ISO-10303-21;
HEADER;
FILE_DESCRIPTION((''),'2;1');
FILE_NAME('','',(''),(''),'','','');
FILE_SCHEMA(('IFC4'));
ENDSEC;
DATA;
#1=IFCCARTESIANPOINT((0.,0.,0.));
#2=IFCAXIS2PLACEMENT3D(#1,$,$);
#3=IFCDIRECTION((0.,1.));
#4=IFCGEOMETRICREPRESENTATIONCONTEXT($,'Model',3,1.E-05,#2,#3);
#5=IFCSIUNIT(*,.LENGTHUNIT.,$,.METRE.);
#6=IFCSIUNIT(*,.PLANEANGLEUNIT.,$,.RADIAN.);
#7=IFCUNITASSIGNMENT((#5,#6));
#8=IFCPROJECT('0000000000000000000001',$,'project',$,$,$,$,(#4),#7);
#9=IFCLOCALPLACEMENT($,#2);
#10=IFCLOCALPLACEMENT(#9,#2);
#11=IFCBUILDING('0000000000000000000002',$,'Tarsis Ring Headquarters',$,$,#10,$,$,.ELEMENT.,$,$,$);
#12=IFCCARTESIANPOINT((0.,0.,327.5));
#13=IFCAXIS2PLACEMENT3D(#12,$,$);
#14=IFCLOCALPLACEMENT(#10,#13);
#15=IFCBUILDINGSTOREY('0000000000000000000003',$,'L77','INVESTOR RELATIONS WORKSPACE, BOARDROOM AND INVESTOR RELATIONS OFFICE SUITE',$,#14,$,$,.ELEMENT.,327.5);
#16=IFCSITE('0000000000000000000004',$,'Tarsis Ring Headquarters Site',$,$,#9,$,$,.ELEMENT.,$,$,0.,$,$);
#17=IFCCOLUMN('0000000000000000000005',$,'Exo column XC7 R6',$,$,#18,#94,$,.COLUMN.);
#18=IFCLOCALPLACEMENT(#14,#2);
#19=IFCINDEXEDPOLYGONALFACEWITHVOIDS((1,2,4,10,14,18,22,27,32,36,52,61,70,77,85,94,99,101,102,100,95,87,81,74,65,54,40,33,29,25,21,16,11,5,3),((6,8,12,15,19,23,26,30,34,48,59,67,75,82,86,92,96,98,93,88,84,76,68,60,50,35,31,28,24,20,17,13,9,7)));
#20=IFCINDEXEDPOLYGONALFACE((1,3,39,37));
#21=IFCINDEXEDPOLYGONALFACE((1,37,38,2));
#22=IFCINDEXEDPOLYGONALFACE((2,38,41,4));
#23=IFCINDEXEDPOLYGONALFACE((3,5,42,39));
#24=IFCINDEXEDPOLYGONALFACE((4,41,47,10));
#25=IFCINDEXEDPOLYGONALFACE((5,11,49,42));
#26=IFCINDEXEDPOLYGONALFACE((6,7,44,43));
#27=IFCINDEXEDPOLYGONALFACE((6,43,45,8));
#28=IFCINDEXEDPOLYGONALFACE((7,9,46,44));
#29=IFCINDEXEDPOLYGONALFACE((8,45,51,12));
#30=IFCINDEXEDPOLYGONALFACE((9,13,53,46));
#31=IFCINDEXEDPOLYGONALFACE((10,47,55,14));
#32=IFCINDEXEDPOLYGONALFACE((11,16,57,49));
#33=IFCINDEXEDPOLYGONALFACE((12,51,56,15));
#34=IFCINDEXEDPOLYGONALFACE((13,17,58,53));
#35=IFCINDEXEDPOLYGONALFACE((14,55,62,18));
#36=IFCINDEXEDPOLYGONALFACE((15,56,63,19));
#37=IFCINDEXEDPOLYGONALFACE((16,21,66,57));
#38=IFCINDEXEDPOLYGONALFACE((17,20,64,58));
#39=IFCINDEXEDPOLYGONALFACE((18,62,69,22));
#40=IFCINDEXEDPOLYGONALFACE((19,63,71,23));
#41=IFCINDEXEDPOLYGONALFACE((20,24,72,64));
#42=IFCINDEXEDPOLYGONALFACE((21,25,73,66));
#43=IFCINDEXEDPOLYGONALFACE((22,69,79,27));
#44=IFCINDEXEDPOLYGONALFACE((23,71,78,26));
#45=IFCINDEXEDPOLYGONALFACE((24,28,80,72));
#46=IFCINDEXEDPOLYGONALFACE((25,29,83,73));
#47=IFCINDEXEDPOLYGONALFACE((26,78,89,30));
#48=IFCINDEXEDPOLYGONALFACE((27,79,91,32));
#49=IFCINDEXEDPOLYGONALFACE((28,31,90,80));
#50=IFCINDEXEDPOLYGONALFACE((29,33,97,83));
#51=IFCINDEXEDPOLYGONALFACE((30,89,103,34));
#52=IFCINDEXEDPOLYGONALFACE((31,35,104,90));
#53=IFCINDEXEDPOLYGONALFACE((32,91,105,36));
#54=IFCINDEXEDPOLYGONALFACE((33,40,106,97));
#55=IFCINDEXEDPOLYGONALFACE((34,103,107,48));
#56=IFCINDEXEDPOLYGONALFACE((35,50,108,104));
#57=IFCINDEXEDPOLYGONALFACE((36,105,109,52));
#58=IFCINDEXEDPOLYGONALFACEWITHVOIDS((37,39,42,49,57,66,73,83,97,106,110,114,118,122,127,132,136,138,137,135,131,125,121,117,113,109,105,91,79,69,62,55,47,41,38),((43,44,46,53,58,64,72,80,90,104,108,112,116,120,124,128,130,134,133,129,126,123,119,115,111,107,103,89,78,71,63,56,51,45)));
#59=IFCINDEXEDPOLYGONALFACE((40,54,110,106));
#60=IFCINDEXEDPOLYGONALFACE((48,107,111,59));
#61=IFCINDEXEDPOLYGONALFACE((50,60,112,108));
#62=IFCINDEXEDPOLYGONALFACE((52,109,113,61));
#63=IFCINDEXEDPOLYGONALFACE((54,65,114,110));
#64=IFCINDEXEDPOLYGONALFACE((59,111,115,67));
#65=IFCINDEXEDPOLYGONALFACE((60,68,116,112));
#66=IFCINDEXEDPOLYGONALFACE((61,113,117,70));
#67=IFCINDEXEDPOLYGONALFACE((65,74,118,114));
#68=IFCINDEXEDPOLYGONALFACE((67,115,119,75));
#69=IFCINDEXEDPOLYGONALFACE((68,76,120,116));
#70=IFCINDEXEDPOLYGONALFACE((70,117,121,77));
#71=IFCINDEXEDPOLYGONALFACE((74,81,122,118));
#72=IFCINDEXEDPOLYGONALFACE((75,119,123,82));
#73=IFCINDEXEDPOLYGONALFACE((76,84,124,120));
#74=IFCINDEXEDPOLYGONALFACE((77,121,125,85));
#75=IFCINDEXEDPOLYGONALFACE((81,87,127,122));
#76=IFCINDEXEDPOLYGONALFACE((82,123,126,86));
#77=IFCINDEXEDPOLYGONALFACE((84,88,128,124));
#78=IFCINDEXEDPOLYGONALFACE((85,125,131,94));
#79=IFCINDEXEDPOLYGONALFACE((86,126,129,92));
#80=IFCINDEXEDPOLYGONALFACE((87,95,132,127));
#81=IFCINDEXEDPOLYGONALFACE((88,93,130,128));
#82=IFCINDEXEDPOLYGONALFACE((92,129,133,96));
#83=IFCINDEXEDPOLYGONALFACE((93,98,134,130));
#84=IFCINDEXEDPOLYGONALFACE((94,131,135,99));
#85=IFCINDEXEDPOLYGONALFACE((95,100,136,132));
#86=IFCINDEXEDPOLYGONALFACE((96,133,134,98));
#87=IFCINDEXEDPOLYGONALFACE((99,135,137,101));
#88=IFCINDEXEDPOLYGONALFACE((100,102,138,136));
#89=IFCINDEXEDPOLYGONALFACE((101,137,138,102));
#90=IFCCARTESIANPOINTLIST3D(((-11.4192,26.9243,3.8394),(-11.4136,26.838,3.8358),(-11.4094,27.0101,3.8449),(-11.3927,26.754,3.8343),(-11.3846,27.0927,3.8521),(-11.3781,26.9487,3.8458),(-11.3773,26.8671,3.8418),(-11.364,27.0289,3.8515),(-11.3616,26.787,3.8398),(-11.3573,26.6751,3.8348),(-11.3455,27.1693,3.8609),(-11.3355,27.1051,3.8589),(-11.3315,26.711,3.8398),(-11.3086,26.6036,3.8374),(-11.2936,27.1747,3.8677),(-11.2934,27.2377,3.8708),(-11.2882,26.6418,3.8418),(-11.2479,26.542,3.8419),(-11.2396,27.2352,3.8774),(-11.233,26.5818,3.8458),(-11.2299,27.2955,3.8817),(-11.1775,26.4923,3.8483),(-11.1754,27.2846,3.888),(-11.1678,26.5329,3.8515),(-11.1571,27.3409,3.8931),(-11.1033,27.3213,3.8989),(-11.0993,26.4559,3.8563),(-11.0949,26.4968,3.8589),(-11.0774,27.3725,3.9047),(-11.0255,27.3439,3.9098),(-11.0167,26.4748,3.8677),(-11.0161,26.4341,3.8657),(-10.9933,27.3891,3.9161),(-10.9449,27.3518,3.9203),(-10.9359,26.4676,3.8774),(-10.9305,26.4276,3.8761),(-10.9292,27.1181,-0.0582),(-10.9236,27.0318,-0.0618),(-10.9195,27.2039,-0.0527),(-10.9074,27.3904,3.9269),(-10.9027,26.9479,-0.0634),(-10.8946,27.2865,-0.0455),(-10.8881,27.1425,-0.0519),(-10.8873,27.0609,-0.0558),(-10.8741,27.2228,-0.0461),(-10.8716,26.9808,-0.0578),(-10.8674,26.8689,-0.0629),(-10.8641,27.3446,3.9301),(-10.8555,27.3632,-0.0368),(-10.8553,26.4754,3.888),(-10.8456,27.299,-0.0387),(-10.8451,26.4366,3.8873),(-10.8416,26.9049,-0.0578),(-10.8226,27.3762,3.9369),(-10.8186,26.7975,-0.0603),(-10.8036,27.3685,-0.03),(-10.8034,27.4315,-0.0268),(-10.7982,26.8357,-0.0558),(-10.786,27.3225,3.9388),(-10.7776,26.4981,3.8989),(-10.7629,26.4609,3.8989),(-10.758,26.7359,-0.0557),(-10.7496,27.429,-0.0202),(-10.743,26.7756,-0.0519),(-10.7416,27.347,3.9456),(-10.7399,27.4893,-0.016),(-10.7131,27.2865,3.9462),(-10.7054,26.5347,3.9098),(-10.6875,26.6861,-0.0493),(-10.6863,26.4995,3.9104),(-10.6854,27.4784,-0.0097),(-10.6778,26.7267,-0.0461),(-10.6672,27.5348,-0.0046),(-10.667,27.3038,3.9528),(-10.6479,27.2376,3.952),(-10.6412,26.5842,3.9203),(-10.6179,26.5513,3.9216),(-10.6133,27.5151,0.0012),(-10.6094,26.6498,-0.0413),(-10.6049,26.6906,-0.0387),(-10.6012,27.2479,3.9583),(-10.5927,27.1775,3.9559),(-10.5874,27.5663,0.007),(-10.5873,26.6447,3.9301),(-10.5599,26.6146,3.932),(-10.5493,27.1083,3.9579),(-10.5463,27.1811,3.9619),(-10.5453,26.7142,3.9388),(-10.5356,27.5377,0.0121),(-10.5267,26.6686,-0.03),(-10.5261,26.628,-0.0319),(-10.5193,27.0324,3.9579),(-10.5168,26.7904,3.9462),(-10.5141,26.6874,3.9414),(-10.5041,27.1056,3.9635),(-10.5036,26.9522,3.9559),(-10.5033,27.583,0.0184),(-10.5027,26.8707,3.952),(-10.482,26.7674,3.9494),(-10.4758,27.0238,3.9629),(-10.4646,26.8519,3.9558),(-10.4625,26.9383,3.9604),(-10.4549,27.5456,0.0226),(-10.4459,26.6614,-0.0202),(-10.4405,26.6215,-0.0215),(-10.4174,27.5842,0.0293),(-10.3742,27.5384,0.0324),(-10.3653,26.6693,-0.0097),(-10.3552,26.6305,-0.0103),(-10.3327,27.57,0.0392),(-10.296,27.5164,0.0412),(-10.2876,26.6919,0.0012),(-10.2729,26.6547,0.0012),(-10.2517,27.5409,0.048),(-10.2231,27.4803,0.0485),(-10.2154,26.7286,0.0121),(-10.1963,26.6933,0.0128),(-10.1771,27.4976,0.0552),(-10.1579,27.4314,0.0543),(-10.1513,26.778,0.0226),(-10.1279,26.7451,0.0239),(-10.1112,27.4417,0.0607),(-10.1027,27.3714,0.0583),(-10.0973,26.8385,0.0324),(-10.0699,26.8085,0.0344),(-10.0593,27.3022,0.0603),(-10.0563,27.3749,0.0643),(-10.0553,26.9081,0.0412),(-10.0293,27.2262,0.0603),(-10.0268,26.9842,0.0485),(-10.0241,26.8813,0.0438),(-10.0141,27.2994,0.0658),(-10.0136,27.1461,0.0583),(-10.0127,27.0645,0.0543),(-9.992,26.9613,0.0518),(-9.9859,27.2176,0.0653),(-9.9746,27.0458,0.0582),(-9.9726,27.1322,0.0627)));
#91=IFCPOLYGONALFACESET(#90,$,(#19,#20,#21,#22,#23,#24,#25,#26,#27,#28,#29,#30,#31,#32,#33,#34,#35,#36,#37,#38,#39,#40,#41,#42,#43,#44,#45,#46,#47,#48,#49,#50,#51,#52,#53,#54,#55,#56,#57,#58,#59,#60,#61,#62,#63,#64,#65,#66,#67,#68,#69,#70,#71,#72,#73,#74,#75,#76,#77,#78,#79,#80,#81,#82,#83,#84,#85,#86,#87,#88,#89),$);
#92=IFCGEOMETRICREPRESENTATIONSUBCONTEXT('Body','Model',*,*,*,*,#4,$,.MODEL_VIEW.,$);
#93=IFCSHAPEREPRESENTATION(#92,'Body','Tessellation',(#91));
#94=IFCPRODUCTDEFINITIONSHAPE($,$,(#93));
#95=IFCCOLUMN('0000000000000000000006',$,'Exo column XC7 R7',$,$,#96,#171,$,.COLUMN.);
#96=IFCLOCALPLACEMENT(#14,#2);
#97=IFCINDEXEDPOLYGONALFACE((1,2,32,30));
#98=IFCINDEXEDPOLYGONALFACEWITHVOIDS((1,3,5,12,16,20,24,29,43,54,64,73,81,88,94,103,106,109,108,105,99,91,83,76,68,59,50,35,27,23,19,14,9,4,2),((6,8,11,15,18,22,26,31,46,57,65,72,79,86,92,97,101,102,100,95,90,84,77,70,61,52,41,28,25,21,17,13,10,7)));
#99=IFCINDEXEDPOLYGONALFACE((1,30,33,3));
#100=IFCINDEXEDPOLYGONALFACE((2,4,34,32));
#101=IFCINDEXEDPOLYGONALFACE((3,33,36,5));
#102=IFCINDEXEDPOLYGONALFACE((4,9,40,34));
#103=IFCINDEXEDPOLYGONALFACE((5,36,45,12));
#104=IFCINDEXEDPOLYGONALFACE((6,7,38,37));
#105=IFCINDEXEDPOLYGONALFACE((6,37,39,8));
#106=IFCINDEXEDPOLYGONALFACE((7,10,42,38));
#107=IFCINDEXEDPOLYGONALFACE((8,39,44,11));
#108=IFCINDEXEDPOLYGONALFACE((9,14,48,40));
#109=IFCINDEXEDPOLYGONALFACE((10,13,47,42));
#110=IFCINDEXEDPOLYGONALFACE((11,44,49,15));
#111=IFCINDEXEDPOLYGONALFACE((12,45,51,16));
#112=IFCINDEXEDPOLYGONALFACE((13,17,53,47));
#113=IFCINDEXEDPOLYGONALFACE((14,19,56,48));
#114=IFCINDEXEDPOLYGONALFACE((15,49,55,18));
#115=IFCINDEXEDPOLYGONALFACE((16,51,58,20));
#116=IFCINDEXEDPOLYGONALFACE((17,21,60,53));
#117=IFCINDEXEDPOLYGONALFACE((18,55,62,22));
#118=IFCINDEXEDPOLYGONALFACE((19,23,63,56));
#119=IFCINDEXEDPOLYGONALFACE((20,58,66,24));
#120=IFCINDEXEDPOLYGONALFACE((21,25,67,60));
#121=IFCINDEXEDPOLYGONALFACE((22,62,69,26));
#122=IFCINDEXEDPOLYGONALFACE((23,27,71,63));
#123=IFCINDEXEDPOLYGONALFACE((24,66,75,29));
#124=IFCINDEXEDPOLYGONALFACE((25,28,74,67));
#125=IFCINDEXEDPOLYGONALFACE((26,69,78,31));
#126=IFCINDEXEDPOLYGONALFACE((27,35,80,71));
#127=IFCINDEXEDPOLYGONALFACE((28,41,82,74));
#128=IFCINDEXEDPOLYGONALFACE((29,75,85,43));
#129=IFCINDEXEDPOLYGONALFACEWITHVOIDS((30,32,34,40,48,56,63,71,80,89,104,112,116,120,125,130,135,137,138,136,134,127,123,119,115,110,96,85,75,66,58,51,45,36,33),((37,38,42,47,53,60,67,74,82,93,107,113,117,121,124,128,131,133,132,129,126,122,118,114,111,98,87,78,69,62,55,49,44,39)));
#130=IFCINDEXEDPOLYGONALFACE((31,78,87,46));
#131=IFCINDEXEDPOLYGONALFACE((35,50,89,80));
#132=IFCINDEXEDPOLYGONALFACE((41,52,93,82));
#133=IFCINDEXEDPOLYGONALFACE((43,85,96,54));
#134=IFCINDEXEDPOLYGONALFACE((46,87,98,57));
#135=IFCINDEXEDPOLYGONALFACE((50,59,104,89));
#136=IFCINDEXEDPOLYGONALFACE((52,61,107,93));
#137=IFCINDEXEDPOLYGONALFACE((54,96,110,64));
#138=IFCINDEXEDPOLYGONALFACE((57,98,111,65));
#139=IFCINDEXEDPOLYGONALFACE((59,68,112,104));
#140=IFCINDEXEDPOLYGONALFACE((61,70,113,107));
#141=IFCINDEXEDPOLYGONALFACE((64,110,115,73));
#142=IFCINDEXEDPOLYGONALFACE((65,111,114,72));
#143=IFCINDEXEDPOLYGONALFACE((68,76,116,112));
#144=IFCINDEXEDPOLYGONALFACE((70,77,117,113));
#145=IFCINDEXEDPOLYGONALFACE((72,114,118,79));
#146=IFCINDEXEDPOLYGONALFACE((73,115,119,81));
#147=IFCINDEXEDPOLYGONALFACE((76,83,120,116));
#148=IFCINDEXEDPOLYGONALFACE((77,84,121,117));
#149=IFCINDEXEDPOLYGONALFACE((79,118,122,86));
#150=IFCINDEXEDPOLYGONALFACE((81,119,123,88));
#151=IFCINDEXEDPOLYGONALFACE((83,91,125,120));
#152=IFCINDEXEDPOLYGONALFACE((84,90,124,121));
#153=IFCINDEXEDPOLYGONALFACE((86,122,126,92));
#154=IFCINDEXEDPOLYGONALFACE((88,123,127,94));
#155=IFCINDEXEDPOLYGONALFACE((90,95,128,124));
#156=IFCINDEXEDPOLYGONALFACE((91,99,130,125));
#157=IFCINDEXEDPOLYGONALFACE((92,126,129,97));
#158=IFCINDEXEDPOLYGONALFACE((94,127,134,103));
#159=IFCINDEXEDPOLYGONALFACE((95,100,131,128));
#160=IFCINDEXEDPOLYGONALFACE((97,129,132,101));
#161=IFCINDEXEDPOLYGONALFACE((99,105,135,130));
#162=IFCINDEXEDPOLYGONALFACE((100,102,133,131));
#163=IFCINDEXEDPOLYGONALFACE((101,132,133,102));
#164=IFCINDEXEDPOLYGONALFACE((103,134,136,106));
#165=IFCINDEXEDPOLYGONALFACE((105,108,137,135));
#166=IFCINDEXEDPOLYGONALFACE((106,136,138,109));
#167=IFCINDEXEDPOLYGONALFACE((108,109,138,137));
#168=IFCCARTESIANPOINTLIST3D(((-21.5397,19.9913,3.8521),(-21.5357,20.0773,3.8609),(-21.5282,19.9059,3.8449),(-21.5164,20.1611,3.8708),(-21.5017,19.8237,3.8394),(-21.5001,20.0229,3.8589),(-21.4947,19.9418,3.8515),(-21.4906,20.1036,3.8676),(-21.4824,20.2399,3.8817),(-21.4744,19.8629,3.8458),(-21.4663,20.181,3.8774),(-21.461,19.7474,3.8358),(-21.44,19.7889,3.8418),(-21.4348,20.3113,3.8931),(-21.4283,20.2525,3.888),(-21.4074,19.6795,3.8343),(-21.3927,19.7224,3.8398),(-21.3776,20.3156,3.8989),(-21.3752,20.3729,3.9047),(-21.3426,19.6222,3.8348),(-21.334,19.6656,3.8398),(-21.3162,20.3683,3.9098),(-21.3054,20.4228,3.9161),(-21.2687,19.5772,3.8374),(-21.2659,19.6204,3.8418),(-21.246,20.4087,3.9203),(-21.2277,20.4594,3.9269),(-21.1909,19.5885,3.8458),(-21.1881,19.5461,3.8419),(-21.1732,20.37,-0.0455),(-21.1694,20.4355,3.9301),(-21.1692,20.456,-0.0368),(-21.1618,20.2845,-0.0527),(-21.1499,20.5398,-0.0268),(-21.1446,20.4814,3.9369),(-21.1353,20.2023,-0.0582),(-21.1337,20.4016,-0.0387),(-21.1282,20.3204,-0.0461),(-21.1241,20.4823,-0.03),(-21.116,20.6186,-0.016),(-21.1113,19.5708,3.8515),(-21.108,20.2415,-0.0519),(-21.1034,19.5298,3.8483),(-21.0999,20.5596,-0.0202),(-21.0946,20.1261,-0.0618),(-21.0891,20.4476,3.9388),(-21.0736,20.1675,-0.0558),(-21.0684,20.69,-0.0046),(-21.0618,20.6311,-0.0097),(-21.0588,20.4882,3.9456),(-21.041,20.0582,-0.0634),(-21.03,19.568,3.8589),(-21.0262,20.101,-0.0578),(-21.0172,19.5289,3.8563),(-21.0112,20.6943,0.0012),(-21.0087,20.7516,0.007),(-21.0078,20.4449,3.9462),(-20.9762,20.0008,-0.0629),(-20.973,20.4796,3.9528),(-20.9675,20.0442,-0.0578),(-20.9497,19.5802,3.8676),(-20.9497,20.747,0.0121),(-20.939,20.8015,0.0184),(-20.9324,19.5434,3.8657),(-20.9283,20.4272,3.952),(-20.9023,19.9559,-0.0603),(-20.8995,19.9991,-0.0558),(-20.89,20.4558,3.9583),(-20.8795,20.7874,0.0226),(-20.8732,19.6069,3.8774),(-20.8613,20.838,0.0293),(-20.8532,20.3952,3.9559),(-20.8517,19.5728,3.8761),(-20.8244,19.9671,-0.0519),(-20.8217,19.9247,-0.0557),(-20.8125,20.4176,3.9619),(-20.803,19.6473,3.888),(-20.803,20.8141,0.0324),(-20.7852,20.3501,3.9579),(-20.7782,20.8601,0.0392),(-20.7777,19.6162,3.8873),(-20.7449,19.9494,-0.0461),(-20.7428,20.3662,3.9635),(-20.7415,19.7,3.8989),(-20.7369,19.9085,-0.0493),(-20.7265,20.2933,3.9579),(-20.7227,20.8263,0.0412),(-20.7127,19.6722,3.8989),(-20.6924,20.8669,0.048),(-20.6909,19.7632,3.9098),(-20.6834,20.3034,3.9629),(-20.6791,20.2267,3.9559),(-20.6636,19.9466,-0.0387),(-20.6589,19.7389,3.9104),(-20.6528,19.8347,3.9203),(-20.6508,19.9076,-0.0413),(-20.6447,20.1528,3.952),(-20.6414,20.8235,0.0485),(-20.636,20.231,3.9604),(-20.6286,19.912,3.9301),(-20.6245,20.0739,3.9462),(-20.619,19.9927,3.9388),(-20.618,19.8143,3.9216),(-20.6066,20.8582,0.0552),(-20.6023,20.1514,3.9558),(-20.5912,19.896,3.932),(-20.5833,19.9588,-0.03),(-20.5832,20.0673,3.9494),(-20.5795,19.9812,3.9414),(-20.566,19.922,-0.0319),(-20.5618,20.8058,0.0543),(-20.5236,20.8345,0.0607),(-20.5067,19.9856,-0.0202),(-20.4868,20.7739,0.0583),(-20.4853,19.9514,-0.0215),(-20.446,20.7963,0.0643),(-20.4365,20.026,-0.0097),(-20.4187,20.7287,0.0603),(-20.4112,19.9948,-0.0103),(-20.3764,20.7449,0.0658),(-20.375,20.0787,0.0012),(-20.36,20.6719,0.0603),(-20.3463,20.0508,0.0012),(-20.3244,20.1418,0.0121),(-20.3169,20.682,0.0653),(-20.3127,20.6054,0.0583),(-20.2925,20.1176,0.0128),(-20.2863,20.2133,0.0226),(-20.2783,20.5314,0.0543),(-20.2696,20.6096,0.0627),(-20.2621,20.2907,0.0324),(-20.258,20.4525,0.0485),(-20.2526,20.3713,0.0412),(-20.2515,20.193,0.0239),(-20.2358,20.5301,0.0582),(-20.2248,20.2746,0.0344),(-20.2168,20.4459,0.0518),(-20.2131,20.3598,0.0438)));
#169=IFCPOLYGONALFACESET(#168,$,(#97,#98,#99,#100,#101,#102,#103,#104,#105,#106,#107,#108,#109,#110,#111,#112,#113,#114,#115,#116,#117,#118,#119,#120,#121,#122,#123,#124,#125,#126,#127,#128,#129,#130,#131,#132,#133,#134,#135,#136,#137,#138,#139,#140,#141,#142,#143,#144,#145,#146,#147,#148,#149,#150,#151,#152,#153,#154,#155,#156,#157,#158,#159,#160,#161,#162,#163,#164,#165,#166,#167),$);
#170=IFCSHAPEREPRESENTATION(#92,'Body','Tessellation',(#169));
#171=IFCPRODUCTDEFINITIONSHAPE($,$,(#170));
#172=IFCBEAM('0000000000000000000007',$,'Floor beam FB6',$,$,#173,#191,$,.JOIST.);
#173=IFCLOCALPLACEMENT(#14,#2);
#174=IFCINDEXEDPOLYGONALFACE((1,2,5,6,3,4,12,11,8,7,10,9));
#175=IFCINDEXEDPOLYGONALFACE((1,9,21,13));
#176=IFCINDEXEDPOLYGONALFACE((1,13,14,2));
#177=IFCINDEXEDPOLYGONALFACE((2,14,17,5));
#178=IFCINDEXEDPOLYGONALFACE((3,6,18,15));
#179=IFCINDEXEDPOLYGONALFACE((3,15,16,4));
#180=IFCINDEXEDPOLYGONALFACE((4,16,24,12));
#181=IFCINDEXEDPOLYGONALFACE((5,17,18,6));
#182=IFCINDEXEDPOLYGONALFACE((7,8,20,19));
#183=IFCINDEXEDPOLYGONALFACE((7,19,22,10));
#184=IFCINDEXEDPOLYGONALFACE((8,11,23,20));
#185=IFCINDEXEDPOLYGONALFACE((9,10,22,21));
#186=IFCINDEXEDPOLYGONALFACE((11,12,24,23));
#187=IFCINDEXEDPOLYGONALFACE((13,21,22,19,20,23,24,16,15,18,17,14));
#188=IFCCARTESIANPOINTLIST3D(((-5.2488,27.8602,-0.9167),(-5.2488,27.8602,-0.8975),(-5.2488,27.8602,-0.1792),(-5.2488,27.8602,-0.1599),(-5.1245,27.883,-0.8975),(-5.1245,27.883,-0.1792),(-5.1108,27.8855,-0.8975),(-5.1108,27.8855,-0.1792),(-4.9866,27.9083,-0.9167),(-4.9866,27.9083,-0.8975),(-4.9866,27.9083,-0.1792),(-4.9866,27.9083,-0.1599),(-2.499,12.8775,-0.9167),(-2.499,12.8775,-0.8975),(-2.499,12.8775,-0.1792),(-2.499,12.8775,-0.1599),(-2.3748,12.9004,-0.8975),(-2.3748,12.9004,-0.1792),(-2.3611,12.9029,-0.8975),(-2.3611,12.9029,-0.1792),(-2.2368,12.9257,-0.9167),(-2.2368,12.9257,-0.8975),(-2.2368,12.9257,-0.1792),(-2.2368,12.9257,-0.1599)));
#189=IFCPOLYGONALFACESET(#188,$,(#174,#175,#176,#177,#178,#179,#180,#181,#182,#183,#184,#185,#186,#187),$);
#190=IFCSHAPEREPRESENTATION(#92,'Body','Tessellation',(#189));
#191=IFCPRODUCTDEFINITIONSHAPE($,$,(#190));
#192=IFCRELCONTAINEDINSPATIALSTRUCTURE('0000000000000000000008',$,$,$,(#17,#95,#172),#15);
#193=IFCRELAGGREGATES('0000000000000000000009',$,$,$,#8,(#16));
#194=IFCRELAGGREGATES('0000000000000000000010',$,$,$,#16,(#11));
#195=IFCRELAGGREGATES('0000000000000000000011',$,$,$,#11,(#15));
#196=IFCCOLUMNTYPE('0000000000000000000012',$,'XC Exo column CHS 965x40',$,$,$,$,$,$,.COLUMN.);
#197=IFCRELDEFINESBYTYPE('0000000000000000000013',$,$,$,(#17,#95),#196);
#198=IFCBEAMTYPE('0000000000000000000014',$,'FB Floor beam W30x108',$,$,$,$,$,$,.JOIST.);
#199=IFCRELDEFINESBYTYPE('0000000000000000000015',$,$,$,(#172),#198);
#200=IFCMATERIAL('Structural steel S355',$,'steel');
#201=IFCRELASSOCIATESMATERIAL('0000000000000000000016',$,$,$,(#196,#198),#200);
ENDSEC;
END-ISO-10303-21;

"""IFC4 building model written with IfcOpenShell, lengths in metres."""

from ifc_helpers import new_model, si_unit, direction, frame, origin, origin_2d, place, context, subcontext, project, spatial, hollow_circle, i_section, extrude, material, material_profile, profile_set, type_object, element, save


model = new_model("IFC4")

# Units and contexts
model_context = context("Model", 3, precision=1e-05, world=origin(), true_north=direction((0.0, 1.0)))
body_context = subcontext(model_context, "Body", "Model", "MODEL_VIEW")
ifc_project = project(units=[si_unit("LENGTHUNIT", "METRE"), si_unit("PLANEANGLEUNIT", "RADIAN")], contexts=[model_context])

# Site, building, storey
site_placement = place(None, origin())
site = spatial("IfcSite", under=ifc_project, at=site_placement, Name="Tarsis Ring Headquarters Site", CompositionType="ELEMENT", RefElevation=0.0)
building_placement = place(site_placement, origin())
building = spatial("IfcBuilding", under=site, at=building_placement, Name="Tarsis Ring Headquarters", CompositionType="ELEMENT")
storey_placement = place(building_placement, frame((0.0, 0.0, 327.5)))
storey = spatial("IfcBuildingStorey", under=building, at=storey_placement, Name="L77", Description="INVESTOR RELATIONS WORKSPACE, BOARDROOM AND INVESTOR RELATIONS OFFICE SUITE", CompositionType="ELEMENT", Elevation=327.5)

# Columns
ifc_material_1 = material(Name="Structural steel S355", Category="steel")
ifc_material_profile_1 = material_profile(ifc_material_1, hollow_circle(Radius=0.4827, WallThickness=0.04, at=origin_2d()), Name="CHS 965x40")
ifc_profile_set_1 = profile_set([ifc_material_profile_1], Name="Structural steel S355")
column_type = type_object("IfcColumnType", Name="XC Exo column CHS 965x40", PredefinedType="COLUMN", material=ifc_profile_set_1)
for number, where, z_axis, x_axis, name in (
    (1, (-10.4504, 27.1035, 0.0012), (-0.124579, -0.049285, 0.990985), (0.367873, -0.929876, 0.0), "Exo column XC7 R6"),
    (2, (-20.6931, 20.3865, 0.0012), (-0.093171, -0.096274, 0.990985), (0.718595, -0.695429, 0.0), "Exo column XC7 R7"),
):
    element("IfcColumn", number, at=place(storey_placement, frame(where, z_axis=z_axis, x_axis=x_axis)), inside=storey, type_object=column_type, Name=name, PredefinedType="COLUMN", context=body_context, shape_type="SweptSolid", body=[
        extrude(hollow_circle(Radius=0.4827, WallThickness=0.04, at=origin_2d()), origin(), (0.0, 0.0, 1.0), 3.9331),
    ])

# Beam
ifc_material_profile_2 = material_profile(ifc_material_1, i_section(OverallWidth=0.2666, OverallDepth=0.7568, WebThickness=0.0139, FlangeThickness=0.0193, at=origin_2d()), Name="W30x108")
ifc_profile_set_2 = profile_set([ifc_material_profile_2], Name="Structural steel S355")
beam_type_1 = type_object("IfcBeamType", Name="FB Floor beam W30x108", PredefinedType="JOIST", material=ifc_profile_set_2)
beam_1_placement = place(storey_placement, frame((-5.1177, 27.8843, -0.5383), z_axis=(0.180514, -0.983572, 0.0), x_axis=(0.983572, 0.180514, 0.0)))
element("IfcBeam", 3, at=beam_1_placement, inside=storey, type_object=beam_type_1, Name="Floor beam FB6", PredefinedType="JOIST", context=body_context, shape_type="SweptSolid", body=[
    extrude(i_section(OverallWidth=0.2666, OverallDepth=0.7568, WebThickness=0.0139, FlangeThickness=0.0193, at=origin_2d()), origin(), (0.0, 0.0, 1.0), 15.2329),
])

save(model, "model.ifc")
